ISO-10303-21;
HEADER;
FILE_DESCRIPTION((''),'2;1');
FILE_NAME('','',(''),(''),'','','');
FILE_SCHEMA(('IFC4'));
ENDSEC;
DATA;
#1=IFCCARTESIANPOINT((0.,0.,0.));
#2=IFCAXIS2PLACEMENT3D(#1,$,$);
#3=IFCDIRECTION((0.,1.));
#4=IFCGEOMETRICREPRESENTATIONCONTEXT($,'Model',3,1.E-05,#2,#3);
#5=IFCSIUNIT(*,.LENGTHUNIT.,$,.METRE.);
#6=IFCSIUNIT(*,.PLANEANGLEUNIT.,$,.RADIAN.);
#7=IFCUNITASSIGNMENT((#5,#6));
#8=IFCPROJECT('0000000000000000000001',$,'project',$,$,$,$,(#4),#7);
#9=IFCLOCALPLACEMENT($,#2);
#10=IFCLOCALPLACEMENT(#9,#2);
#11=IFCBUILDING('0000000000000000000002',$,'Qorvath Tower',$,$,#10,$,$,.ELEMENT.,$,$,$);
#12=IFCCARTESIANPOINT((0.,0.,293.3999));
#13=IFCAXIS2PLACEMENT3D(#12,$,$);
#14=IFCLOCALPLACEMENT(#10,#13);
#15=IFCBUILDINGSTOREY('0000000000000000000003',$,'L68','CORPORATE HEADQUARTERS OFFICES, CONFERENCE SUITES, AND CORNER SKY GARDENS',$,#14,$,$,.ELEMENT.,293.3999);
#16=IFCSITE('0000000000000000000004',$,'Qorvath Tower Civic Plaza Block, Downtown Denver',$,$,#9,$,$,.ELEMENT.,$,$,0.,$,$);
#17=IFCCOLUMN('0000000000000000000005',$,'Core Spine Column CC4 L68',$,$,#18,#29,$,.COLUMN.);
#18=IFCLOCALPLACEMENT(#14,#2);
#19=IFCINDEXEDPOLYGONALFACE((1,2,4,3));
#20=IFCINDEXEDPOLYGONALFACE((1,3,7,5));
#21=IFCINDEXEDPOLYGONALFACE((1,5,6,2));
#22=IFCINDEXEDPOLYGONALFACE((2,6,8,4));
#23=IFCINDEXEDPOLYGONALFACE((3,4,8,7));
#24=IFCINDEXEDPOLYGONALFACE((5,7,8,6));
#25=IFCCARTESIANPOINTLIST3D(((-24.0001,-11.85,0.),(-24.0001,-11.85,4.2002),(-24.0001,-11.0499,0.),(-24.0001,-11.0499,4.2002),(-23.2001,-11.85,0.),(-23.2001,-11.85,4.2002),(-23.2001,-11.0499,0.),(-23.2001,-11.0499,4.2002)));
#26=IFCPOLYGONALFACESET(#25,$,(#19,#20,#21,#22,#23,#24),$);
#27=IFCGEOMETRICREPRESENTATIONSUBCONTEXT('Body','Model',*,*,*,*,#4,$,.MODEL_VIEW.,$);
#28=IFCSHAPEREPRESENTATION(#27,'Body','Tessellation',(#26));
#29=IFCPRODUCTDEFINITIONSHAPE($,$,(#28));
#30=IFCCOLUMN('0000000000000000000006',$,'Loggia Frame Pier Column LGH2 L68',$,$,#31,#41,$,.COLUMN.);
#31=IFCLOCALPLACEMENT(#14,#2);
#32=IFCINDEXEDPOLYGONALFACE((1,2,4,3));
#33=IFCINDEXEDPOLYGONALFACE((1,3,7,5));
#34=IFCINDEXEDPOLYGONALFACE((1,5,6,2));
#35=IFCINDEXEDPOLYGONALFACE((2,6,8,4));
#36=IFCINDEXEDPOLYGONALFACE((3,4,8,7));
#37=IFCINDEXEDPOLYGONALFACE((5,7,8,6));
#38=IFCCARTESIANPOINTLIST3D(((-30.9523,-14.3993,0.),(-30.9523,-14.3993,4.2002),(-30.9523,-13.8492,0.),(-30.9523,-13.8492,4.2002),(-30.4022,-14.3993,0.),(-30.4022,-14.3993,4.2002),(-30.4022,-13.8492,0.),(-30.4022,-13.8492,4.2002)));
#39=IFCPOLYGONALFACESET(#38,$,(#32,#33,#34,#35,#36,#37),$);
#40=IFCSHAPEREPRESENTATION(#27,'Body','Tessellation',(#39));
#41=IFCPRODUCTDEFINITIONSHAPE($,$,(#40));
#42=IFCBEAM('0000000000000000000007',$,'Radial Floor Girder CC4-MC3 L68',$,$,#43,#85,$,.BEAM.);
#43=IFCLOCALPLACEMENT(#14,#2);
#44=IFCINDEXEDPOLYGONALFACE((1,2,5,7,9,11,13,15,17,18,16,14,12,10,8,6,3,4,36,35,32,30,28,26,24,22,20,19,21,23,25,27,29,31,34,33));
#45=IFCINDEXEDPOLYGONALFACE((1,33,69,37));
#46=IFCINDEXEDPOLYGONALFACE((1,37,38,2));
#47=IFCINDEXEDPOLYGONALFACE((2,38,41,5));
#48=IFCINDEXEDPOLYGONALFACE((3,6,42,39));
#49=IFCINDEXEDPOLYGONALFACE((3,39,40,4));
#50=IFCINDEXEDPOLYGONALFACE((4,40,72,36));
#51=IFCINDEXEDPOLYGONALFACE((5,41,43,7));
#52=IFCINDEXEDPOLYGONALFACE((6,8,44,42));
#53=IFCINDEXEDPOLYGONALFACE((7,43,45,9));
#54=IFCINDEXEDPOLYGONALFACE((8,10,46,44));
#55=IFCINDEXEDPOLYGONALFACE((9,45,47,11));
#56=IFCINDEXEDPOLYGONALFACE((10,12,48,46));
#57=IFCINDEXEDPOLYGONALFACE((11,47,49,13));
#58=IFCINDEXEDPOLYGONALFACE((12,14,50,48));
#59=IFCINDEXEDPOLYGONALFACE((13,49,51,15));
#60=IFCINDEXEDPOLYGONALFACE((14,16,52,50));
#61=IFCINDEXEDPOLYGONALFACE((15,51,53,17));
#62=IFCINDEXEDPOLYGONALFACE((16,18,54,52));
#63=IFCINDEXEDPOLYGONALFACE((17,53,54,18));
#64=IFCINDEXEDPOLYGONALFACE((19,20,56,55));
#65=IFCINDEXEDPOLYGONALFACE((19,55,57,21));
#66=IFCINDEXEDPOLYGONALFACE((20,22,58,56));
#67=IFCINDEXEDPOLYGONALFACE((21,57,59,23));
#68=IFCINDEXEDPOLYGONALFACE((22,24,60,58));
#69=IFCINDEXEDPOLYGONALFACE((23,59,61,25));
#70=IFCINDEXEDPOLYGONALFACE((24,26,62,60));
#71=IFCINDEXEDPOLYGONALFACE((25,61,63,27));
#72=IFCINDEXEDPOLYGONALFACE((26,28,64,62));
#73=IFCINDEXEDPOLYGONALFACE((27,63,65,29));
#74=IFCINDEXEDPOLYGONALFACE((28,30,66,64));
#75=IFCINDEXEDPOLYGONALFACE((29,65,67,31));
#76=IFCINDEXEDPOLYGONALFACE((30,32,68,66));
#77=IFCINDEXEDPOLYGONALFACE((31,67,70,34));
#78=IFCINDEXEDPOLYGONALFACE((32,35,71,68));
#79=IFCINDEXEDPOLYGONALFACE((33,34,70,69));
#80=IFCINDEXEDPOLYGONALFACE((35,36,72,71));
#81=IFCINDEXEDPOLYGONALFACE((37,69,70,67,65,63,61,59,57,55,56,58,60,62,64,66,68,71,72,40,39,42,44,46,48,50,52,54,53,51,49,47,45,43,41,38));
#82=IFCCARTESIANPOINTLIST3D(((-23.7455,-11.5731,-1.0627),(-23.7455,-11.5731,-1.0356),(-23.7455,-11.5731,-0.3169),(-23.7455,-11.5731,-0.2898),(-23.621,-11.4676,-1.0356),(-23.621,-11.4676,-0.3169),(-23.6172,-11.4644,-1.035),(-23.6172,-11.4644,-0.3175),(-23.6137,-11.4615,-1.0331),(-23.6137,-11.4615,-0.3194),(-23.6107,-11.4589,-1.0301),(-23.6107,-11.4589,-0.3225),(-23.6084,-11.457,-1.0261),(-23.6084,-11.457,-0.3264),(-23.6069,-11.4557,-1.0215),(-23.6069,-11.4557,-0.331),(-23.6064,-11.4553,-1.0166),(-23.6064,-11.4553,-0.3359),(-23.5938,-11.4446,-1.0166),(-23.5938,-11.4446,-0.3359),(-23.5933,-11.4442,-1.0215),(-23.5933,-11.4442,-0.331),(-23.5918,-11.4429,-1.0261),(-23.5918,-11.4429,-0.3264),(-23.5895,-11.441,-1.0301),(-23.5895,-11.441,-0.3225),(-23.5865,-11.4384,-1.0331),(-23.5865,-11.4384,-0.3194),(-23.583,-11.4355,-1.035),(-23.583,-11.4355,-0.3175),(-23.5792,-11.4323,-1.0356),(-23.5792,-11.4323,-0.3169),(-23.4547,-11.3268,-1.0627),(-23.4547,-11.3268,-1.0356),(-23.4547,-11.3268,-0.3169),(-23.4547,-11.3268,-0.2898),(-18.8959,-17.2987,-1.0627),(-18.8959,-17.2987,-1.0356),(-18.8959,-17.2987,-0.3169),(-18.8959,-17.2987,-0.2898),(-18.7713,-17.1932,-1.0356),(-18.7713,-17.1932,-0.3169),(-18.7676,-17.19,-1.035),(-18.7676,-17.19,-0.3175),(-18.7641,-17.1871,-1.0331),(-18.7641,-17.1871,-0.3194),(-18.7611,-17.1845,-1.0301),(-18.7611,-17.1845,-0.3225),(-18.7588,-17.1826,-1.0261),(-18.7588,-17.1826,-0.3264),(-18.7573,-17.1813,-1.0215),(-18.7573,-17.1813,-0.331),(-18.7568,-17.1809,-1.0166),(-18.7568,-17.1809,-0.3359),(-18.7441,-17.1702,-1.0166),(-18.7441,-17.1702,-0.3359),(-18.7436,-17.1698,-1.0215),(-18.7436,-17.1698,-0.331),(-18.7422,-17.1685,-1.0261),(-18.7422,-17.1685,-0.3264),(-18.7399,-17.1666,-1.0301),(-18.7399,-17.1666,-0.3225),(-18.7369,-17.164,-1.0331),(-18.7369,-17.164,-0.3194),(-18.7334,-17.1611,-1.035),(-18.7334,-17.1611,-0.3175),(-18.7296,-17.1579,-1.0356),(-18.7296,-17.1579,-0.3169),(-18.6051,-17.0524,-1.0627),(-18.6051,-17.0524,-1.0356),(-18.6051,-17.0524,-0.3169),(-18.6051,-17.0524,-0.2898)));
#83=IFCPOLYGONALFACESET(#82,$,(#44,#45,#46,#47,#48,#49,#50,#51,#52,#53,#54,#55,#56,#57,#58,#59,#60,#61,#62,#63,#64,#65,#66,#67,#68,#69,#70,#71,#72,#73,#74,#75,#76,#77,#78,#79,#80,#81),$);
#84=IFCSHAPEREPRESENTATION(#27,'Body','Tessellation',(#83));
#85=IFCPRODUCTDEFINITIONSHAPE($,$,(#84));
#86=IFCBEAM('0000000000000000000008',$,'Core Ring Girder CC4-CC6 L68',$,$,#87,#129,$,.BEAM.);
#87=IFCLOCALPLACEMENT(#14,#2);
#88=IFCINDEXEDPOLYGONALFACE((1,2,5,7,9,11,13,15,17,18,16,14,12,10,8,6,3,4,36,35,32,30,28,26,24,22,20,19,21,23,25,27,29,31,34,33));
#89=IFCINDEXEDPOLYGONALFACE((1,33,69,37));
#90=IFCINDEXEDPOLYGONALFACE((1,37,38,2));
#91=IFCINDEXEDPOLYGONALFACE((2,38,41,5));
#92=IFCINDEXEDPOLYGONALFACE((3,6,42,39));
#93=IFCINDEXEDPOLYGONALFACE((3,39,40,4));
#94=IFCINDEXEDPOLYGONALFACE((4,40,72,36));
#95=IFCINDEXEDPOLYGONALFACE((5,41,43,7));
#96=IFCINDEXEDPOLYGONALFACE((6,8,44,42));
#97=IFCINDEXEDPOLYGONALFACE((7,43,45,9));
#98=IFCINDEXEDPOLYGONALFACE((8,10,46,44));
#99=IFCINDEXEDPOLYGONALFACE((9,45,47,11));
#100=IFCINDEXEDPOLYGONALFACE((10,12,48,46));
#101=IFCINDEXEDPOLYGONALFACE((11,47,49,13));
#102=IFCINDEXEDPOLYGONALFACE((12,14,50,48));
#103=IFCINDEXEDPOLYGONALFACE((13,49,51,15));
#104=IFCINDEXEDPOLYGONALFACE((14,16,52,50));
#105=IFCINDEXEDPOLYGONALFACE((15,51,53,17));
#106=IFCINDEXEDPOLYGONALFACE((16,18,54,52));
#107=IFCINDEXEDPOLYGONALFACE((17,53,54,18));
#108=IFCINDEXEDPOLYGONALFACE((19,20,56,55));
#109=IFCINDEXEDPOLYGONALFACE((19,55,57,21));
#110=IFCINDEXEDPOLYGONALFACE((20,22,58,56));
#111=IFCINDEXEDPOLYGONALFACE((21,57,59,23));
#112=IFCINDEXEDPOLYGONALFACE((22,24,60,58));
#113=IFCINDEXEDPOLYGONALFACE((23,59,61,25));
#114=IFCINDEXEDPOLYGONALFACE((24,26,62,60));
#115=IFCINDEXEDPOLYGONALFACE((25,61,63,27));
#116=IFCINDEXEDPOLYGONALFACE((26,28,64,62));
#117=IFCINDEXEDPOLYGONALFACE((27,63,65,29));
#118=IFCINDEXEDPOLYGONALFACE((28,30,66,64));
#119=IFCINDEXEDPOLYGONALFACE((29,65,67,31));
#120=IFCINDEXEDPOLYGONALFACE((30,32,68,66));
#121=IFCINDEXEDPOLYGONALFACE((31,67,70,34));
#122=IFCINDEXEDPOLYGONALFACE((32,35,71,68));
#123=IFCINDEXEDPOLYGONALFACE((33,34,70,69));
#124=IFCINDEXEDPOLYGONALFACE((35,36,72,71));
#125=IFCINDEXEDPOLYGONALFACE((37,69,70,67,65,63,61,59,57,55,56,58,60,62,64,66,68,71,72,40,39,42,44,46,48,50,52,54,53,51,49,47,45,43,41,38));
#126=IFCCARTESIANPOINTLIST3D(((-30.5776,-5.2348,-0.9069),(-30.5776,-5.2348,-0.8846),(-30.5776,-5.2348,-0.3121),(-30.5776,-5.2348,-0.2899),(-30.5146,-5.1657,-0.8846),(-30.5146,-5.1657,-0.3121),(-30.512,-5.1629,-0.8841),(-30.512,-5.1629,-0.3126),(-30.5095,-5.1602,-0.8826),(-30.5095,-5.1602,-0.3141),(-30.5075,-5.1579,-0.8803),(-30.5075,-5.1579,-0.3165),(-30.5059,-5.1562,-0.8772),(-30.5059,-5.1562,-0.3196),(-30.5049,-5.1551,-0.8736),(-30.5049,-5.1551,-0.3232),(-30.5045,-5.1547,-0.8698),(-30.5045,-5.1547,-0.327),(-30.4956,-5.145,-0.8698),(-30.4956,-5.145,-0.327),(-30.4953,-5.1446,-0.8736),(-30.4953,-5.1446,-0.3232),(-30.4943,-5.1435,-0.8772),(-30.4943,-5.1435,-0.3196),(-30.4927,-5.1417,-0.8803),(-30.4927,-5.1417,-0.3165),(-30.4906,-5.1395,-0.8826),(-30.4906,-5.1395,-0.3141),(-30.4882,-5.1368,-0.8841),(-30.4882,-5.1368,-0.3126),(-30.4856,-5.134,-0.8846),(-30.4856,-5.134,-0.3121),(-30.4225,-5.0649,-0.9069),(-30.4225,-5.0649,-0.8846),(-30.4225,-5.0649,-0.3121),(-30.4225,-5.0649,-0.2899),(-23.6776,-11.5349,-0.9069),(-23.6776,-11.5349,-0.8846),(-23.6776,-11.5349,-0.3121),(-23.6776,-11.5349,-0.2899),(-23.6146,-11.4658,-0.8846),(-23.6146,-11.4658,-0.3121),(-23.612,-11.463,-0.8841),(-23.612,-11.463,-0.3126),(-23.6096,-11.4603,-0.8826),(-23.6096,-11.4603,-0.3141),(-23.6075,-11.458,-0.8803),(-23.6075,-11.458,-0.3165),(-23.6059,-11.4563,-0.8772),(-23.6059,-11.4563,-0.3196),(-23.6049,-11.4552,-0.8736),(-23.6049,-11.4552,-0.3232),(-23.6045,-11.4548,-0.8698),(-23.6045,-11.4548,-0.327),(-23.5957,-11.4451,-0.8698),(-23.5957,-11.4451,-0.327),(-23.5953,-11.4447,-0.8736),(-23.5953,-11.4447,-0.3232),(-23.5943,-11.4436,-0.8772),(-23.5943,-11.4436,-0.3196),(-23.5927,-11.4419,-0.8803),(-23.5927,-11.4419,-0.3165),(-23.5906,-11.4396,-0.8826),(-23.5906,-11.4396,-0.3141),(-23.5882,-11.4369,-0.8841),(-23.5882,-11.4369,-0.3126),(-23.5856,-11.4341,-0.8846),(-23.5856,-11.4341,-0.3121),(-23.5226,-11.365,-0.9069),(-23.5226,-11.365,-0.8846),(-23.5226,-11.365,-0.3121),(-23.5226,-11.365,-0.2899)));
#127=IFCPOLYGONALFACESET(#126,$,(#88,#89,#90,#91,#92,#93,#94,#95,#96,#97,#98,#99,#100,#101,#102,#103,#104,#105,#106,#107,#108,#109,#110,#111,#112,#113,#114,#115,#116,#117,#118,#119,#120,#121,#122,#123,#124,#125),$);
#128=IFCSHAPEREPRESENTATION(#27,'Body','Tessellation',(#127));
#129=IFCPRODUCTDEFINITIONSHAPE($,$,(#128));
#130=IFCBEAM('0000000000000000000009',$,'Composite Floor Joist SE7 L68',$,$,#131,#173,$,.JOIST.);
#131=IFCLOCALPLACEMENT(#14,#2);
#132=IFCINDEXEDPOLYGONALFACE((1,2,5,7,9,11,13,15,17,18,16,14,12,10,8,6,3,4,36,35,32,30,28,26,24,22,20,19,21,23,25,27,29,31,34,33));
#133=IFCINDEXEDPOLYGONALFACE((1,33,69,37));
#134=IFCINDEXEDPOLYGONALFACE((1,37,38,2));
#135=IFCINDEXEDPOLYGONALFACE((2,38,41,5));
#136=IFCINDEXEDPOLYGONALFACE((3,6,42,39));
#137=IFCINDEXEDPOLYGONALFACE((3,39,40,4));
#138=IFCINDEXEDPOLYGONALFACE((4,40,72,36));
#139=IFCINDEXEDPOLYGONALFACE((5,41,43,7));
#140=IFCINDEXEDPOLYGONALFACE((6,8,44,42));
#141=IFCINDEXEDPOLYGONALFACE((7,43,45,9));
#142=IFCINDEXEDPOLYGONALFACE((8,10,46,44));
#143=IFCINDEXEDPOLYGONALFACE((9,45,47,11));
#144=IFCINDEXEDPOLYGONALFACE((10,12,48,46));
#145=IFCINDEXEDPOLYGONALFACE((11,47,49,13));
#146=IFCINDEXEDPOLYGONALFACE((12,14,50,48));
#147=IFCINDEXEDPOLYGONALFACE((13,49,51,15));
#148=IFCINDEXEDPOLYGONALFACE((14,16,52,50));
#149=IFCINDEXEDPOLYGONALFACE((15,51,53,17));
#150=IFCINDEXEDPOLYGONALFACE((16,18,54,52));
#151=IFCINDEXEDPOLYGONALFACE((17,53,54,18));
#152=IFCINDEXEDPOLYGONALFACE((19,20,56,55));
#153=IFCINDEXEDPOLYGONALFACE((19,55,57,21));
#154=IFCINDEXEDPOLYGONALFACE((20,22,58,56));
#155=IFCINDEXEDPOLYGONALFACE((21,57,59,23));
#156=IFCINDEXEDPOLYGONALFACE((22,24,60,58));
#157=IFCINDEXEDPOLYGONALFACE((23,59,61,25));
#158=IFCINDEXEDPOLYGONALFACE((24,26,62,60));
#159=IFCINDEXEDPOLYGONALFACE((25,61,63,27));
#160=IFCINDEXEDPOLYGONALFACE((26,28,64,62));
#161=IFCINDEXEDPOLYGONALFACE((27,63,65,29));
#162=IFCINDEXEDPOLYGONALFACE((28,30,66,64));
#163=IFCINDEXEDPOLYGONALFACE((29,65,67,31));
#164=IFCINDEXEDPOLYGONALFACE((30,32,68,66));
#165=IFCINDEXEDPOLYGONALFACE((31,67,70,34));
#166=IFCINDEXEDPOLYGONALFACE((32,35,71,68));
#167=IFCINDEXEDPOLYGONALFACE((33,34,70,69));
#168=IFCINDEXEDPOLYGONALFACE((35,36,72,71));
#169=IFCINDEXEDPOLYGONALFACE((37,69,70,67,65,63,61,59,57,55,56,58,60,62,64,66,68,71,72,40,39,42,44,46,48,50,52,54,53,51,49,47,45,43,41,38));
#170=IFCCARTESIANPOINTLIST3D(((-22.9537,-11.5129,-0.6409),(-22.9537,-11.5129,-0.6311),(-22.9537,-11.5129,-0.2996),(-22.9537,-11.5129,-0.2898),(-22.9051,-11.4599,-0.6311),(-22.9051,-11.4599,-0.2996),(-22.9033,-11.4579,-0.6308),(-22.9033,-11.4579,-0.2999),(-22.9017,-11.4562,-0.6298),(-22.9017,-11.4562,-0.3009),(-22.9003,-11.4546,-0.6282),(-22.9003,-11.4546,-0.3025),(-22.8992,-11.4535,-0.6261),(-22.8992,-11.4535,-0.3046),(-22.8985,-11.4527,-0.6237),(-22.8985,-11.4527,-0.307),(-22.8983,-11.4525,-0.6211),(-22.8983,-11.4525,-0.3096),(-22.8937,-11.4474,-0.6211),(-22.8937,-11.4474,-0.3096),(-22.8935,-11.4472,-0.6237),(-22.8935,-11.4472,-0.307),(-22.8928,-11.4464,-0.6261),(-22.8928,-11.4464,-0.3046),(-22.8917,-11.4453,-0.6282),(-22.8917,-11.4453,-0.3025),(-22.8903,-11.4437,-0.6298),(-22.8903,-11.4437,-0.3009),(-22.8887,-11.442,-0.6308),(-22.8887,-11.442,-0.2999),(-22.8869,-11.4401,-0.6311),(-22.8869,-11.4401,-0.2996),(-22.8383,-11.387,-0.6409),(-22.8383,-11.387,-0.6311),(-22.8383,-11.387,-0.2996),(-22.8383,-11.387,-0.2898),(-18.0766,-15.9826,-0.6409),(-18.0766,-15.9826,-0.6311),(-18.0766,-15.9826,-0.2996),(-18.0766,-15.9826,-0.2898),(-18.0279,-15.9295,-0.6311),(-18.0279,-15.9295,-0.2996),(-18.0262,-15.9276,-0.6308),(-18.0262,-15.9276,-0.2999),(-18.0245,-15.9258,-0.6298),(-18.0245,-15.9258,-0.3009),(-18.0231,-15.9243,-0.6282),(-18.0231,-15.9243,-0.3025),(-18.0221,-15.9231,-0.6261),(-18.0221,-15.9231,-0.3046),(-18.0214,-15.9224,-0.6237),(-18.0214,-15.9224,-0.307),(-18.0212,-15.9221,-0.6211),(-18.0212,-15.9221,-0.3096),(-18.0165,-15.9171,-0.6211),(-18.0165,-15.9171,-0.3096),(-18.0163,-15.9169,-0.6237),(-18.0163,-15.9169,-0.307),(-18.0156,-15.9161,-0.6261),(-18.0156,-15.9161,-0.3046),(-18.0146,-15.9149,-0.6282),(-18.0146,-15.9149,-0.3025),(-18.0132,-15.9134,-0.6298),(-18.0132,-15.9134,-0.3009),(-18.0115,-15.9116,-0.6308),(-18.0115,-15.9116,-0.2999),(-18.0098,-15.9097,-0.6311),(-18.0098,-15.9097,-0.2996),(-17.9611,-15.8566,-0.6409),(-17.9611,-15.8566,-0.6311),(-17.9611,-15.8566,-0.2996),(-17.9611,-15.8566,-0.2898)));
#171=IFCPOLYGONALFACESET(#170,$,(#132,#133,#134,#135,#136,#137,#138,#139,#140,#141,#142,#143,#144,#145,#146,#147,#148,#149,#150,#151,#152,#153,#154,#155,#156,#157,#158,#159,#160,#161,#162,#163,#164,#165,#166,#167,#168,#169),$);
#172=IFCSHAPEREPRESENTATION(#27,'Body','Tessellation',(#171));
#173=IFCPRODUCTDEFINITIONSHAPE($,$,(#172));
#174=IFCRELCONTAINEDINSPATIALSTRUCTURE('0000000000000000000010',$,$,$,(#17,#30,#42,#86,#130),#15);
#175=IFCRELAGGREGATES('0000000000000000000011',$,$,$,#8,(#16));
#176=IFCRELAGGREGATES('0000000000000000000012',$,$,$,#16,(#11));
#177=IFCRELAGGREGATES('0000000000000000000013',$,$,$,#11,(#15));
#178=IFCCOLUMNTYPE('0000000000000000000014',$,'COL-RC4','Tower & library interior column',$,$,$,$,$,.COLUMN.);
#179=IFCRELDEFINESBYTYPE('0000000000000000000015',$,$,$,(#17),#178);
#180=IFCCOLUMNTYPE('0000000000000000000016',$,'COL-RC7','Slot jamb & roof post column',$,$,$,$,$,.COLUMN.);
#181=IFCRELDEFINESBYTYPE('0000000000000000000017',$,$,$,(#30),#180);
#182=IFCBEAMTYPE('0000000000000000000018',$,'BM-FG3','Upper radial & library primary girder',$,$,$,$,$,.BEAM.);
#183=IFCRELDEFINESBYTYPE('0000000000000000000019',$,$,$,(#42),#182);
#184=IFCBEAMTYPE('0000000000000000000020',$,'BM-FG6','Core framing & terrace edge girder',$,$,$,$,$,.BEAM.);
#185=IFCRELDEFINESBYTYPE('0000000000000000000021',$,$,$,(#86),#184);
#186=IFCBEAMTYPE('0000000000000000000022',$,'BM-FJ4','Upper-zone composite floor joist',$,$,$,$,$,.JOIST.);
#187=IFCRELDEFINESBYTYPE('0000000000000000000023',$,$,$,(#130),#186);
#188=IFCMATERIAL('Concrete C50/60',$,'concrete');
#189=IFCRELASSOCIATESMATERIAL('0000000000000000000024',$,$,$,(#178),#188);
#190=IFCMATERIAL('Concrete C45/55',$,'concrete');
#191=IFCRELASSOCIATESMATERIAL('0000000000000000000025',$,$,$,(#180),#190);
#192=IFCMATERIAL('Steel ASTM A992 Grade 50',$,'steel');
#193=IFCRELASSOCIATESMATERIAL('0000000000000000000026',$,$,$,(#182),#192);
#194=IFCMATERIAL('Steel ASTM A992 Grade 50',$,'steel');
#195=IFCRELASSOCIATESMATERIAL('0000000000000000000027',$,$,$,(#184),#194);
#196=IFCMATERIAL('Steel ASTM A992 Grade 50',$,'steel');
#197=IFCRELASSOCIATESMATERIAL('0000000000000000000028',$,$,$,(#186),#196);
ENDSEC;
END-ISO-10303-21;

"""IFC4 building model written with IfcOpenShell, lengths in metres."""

from ifc_helpers import new_model, si_unit, direction, frame, origin, origin_2d, place, context, subcontext, project, spatial, rectangle, i_section, extrude, material, material_profile, profile_set, type_object, element, save


model = new_model("IFC4")

# Units and contexts
model_context = context("Model", 3, precision=1e-05, world=origin(), true_north=direction((0.0, 1.0)))
body_context = subcontext(model_context, "Body", "Model", "MODEL_VIEW")
ifc_project = project(units=[si_unit("LENGTHUNIT", "METRE"), si_unit("PLANEANGLEUNIT", "RADIAN")], contexts=[model_context])

# Site, building, storey
site_placement = place(None, origin())
site = spatial("IfcSite", under=ifc_project, at=site_placement, Name="Qorvath Tower Civic Plaza Block, Downtown Denver", CompositionType="ELEMENT", RefElevation=0.0)
building_placement = place(site_placement, origin())
building = spatial("IfcBuilding", under=site, at=building_placement, Name="Qorvath Tower", CompositionType="ELEMENT")
storey_placement = place(building_placement, frame((0.0, 0.0, 293.3999)))
storey = spatial("IfcBuildingStorey", under=building, at=storey_placement, Name="L68", Description="CORPORATE HEADQUARTERS OFFICES, CONFERENCE SUITES, AND CORNER SKY GARDENS", CompositionType="ELEMENT", Elevation=293.3999)

# Columns
ifc_material_1 = material(Name="Concrete C50/60", Category="concrete")
ifc_material_profile_1 = material_profile(ifc_material_1, rectangle(XDim=0.8, YDim=0.8, at=origin_2d()), Name="RC 800x800")
ifc_profile_set_1 = profile_set([ifc_material_profile_1], Name="Concrete C50/60")
column_type_1 = type_object("IfcColumnType", Name="COL-RC4", Description="Tower & library interior column", PredefinedType="COLUMN", material=ifc_profile_set_1)
column_1_placement = place(storey_placement, frame((-23.6001, -11.45, 0.0), z_axis=(0.0, 0.0, 1.0), x_axis=(1.0, 0.0, 0.0)))
element("IfcColumn", 1, at=column_1_placement, inside=storey, type_object=column_type_1, Name="Core Spine Column CC4 L68", PredefinedType="COLUMN", context=body_context, shape_type="SweptSolid", body=[
    extrude(rectangle(XDim=0.8, YDim=0.8, at=origin_2d()), origin(), (0.0, 0.0, 1.0), 4.2002),
])
ifc_material_2 = material(Name="Concrete C45/55", Category="concrete")
ifc_material_profile_2 = material_profile(ifc_material_2, rectangle(XDim=0.55, YDim=0.55, at=origin_2d()), Name="RC 550x550")
ifc_profile_set_2 = profile_set([ifc_material_profile_2], Name="Concrete C45/55")
column_type_2 = type_object("IfcColumnType", Name="COL-RC7", Description="Slot jamb & roof post column", PredefinedType="COLUMN", material=ifc_profile_set_2)
column_2_placement = place(storey_placement, frame((-30.6772, -14.1243, 0.0), z_axis=(0.0, 0.0, 1.0), x_axis=(1.0, 0.0, 0.0)))
element("IfcColumn", 2, at=column_2_placement, inside=storey, type_object=column_type_2, Name="Loggia Frame Pier Column LGH2 L68", PredefinedType="COLUMN", context=body_context, shape_type="SweptSolid", body=[
    extrude(rectangle(XDim=0.55, YDim=0.55, at=origin_2d()), origin(), (0.0, 0.0, 1.0), 4.2002),
])

# Beams
ifc_material_3 = material(Name="Steel ASTM A992 Grade 50", Category="steel")
ifc_material_profile_3 = material_profile(ifc_material_3, i_section(OverallWidth=0.3811, OverallDepth=0.7729, WebThickness=0.0166, FlangeThickness=0.0271, FilletRadius=0.019, at=origin_2d()), Name="W30x173")
ifc_profile_set_3 = profile_set([ifc_material_profile_3], Name="Steel ASTM A992 Grade 50")
beam_type_1 = type_object("IfcBeamType", Name="BM-FG3", Description="Upper radial & library primary girder", PredefinedType="BEAM", material=ifc_profile_set_3)
beam_1_placement = place(storey_placement, frame((-23.6001, -11.45, -0.6763), z_axis=(0.646321, -0.763065, 0.0), x_axis=(0.763065, 0.646321, 0.0)))
element("IfcBeam", 3, at=beam_1_placement, inside=storey, type_object=beam_type_1, Name="Radial Floor Girder CC4-MC3 L68", PredefinedType="BEAM", context=body_context, shape_type="SweptSolid", body=[
    extrude(i_section(OverallWidth=0.3811, OverallDepth=0.7729, WebThickness=0.0166, FlangeThickness=0.0271, FilletRadius=0.019, at=origin_2d()), origin(), (0.0, 0.0, 1.0), 7.5034),
])
ifc_material_4 = material(Name="Steel ASTM A992 Grade 50", Category="steel")
ifc_material_profile_4 = material_profile(ifc_material_4, i_section(OverallWidth=0.23, OverallDepth=0.6169, WebThickness=0.0132, FlangeThickness=0.0222, FilletRadius=0.0149, at=origin_2d()), Name="W24x94")
ifc_profile_set_4 = profile_set([ifc_material_profile_4], Name="Steel ASTM A992 Grade 50")
beam_type_2 = type_object("IfcBeamType", Name="BM-FG6", Description="Core framing & terrace edge girder", PredefinedType="BEAM", material=ifc_profile_set_4)
beam_2_placement = place(storey_placement, frame((-23.6001, -11.45, -0.5984), z_axis=(-0.738478, 0.674277, 0.0), x_axis=(-0.674277, -0.738478, 0.0)))
element("IfcBeam", 4, at=beam_2_placement, inside=storey, type_object=beam_type_2, Name="Core Ring Girder CC4-CC6 L68", PredefinedType="BEAM", context=body_context, shape_type="SweptSolid", body=[
    extrude(i_section(OverallWidth=0.23, OverallDepth=0.6169, WebThickness=0.0132, FlangeThickness=0.0222, FilletRadius=0.0149, at=origin_2d()), origin(), (0.0, 0.0, 1.0), 9.3435),
])
ifc_material_5 = material(Name="Steel ASTM A992 Grade 50", Category="steel")
ifc_material_profile_5 = material_profile(ifc_material_5, i_section(OverallWidth=0.1709, OverallDepth=0.3511, WebThickness=0.0068, FlangeThickness=0.0098, FilletRadius=0.01, at=origin_2d()), Name="W14x30")
ifc_profile_set_5 = profile_set([ifc_material_profile_5], Name="Steel ASTM A992 Grade 50")
beam_type_3 = type_object("IfcBeamType", Name="BM-FJ4", Description="Upper-zone composite floor joist", PredefinedType="JOIST", material=ifc_profile_set_5)
beam_3_placement = place(storey_placement, frame((-22.896, -11.45, -0.4653), z_axis=(0.737232, -0.675639, 0.0), x_axis=(0.675639, 0.737232, 0.0)))
element("IfcBeam", 5, at=beam_3_placement, inside=storey, type_object=beam_type_3, Name="Composite Floor Joist SE7 L68", PredefinedType="JOIST", context=body_context, shape_type="SweptSolid", body=[
    extrude(i_section(OverallWidth=0.1709, OverallDepth=0.3511, WebThickness=0.0068, FlangeThickness=0.0098, FilletRadius=0.01, at=origin_2d()), origin(), (0.0, 0.0, 1.0), 6.6155),
])

save(model, "model.ifc")
